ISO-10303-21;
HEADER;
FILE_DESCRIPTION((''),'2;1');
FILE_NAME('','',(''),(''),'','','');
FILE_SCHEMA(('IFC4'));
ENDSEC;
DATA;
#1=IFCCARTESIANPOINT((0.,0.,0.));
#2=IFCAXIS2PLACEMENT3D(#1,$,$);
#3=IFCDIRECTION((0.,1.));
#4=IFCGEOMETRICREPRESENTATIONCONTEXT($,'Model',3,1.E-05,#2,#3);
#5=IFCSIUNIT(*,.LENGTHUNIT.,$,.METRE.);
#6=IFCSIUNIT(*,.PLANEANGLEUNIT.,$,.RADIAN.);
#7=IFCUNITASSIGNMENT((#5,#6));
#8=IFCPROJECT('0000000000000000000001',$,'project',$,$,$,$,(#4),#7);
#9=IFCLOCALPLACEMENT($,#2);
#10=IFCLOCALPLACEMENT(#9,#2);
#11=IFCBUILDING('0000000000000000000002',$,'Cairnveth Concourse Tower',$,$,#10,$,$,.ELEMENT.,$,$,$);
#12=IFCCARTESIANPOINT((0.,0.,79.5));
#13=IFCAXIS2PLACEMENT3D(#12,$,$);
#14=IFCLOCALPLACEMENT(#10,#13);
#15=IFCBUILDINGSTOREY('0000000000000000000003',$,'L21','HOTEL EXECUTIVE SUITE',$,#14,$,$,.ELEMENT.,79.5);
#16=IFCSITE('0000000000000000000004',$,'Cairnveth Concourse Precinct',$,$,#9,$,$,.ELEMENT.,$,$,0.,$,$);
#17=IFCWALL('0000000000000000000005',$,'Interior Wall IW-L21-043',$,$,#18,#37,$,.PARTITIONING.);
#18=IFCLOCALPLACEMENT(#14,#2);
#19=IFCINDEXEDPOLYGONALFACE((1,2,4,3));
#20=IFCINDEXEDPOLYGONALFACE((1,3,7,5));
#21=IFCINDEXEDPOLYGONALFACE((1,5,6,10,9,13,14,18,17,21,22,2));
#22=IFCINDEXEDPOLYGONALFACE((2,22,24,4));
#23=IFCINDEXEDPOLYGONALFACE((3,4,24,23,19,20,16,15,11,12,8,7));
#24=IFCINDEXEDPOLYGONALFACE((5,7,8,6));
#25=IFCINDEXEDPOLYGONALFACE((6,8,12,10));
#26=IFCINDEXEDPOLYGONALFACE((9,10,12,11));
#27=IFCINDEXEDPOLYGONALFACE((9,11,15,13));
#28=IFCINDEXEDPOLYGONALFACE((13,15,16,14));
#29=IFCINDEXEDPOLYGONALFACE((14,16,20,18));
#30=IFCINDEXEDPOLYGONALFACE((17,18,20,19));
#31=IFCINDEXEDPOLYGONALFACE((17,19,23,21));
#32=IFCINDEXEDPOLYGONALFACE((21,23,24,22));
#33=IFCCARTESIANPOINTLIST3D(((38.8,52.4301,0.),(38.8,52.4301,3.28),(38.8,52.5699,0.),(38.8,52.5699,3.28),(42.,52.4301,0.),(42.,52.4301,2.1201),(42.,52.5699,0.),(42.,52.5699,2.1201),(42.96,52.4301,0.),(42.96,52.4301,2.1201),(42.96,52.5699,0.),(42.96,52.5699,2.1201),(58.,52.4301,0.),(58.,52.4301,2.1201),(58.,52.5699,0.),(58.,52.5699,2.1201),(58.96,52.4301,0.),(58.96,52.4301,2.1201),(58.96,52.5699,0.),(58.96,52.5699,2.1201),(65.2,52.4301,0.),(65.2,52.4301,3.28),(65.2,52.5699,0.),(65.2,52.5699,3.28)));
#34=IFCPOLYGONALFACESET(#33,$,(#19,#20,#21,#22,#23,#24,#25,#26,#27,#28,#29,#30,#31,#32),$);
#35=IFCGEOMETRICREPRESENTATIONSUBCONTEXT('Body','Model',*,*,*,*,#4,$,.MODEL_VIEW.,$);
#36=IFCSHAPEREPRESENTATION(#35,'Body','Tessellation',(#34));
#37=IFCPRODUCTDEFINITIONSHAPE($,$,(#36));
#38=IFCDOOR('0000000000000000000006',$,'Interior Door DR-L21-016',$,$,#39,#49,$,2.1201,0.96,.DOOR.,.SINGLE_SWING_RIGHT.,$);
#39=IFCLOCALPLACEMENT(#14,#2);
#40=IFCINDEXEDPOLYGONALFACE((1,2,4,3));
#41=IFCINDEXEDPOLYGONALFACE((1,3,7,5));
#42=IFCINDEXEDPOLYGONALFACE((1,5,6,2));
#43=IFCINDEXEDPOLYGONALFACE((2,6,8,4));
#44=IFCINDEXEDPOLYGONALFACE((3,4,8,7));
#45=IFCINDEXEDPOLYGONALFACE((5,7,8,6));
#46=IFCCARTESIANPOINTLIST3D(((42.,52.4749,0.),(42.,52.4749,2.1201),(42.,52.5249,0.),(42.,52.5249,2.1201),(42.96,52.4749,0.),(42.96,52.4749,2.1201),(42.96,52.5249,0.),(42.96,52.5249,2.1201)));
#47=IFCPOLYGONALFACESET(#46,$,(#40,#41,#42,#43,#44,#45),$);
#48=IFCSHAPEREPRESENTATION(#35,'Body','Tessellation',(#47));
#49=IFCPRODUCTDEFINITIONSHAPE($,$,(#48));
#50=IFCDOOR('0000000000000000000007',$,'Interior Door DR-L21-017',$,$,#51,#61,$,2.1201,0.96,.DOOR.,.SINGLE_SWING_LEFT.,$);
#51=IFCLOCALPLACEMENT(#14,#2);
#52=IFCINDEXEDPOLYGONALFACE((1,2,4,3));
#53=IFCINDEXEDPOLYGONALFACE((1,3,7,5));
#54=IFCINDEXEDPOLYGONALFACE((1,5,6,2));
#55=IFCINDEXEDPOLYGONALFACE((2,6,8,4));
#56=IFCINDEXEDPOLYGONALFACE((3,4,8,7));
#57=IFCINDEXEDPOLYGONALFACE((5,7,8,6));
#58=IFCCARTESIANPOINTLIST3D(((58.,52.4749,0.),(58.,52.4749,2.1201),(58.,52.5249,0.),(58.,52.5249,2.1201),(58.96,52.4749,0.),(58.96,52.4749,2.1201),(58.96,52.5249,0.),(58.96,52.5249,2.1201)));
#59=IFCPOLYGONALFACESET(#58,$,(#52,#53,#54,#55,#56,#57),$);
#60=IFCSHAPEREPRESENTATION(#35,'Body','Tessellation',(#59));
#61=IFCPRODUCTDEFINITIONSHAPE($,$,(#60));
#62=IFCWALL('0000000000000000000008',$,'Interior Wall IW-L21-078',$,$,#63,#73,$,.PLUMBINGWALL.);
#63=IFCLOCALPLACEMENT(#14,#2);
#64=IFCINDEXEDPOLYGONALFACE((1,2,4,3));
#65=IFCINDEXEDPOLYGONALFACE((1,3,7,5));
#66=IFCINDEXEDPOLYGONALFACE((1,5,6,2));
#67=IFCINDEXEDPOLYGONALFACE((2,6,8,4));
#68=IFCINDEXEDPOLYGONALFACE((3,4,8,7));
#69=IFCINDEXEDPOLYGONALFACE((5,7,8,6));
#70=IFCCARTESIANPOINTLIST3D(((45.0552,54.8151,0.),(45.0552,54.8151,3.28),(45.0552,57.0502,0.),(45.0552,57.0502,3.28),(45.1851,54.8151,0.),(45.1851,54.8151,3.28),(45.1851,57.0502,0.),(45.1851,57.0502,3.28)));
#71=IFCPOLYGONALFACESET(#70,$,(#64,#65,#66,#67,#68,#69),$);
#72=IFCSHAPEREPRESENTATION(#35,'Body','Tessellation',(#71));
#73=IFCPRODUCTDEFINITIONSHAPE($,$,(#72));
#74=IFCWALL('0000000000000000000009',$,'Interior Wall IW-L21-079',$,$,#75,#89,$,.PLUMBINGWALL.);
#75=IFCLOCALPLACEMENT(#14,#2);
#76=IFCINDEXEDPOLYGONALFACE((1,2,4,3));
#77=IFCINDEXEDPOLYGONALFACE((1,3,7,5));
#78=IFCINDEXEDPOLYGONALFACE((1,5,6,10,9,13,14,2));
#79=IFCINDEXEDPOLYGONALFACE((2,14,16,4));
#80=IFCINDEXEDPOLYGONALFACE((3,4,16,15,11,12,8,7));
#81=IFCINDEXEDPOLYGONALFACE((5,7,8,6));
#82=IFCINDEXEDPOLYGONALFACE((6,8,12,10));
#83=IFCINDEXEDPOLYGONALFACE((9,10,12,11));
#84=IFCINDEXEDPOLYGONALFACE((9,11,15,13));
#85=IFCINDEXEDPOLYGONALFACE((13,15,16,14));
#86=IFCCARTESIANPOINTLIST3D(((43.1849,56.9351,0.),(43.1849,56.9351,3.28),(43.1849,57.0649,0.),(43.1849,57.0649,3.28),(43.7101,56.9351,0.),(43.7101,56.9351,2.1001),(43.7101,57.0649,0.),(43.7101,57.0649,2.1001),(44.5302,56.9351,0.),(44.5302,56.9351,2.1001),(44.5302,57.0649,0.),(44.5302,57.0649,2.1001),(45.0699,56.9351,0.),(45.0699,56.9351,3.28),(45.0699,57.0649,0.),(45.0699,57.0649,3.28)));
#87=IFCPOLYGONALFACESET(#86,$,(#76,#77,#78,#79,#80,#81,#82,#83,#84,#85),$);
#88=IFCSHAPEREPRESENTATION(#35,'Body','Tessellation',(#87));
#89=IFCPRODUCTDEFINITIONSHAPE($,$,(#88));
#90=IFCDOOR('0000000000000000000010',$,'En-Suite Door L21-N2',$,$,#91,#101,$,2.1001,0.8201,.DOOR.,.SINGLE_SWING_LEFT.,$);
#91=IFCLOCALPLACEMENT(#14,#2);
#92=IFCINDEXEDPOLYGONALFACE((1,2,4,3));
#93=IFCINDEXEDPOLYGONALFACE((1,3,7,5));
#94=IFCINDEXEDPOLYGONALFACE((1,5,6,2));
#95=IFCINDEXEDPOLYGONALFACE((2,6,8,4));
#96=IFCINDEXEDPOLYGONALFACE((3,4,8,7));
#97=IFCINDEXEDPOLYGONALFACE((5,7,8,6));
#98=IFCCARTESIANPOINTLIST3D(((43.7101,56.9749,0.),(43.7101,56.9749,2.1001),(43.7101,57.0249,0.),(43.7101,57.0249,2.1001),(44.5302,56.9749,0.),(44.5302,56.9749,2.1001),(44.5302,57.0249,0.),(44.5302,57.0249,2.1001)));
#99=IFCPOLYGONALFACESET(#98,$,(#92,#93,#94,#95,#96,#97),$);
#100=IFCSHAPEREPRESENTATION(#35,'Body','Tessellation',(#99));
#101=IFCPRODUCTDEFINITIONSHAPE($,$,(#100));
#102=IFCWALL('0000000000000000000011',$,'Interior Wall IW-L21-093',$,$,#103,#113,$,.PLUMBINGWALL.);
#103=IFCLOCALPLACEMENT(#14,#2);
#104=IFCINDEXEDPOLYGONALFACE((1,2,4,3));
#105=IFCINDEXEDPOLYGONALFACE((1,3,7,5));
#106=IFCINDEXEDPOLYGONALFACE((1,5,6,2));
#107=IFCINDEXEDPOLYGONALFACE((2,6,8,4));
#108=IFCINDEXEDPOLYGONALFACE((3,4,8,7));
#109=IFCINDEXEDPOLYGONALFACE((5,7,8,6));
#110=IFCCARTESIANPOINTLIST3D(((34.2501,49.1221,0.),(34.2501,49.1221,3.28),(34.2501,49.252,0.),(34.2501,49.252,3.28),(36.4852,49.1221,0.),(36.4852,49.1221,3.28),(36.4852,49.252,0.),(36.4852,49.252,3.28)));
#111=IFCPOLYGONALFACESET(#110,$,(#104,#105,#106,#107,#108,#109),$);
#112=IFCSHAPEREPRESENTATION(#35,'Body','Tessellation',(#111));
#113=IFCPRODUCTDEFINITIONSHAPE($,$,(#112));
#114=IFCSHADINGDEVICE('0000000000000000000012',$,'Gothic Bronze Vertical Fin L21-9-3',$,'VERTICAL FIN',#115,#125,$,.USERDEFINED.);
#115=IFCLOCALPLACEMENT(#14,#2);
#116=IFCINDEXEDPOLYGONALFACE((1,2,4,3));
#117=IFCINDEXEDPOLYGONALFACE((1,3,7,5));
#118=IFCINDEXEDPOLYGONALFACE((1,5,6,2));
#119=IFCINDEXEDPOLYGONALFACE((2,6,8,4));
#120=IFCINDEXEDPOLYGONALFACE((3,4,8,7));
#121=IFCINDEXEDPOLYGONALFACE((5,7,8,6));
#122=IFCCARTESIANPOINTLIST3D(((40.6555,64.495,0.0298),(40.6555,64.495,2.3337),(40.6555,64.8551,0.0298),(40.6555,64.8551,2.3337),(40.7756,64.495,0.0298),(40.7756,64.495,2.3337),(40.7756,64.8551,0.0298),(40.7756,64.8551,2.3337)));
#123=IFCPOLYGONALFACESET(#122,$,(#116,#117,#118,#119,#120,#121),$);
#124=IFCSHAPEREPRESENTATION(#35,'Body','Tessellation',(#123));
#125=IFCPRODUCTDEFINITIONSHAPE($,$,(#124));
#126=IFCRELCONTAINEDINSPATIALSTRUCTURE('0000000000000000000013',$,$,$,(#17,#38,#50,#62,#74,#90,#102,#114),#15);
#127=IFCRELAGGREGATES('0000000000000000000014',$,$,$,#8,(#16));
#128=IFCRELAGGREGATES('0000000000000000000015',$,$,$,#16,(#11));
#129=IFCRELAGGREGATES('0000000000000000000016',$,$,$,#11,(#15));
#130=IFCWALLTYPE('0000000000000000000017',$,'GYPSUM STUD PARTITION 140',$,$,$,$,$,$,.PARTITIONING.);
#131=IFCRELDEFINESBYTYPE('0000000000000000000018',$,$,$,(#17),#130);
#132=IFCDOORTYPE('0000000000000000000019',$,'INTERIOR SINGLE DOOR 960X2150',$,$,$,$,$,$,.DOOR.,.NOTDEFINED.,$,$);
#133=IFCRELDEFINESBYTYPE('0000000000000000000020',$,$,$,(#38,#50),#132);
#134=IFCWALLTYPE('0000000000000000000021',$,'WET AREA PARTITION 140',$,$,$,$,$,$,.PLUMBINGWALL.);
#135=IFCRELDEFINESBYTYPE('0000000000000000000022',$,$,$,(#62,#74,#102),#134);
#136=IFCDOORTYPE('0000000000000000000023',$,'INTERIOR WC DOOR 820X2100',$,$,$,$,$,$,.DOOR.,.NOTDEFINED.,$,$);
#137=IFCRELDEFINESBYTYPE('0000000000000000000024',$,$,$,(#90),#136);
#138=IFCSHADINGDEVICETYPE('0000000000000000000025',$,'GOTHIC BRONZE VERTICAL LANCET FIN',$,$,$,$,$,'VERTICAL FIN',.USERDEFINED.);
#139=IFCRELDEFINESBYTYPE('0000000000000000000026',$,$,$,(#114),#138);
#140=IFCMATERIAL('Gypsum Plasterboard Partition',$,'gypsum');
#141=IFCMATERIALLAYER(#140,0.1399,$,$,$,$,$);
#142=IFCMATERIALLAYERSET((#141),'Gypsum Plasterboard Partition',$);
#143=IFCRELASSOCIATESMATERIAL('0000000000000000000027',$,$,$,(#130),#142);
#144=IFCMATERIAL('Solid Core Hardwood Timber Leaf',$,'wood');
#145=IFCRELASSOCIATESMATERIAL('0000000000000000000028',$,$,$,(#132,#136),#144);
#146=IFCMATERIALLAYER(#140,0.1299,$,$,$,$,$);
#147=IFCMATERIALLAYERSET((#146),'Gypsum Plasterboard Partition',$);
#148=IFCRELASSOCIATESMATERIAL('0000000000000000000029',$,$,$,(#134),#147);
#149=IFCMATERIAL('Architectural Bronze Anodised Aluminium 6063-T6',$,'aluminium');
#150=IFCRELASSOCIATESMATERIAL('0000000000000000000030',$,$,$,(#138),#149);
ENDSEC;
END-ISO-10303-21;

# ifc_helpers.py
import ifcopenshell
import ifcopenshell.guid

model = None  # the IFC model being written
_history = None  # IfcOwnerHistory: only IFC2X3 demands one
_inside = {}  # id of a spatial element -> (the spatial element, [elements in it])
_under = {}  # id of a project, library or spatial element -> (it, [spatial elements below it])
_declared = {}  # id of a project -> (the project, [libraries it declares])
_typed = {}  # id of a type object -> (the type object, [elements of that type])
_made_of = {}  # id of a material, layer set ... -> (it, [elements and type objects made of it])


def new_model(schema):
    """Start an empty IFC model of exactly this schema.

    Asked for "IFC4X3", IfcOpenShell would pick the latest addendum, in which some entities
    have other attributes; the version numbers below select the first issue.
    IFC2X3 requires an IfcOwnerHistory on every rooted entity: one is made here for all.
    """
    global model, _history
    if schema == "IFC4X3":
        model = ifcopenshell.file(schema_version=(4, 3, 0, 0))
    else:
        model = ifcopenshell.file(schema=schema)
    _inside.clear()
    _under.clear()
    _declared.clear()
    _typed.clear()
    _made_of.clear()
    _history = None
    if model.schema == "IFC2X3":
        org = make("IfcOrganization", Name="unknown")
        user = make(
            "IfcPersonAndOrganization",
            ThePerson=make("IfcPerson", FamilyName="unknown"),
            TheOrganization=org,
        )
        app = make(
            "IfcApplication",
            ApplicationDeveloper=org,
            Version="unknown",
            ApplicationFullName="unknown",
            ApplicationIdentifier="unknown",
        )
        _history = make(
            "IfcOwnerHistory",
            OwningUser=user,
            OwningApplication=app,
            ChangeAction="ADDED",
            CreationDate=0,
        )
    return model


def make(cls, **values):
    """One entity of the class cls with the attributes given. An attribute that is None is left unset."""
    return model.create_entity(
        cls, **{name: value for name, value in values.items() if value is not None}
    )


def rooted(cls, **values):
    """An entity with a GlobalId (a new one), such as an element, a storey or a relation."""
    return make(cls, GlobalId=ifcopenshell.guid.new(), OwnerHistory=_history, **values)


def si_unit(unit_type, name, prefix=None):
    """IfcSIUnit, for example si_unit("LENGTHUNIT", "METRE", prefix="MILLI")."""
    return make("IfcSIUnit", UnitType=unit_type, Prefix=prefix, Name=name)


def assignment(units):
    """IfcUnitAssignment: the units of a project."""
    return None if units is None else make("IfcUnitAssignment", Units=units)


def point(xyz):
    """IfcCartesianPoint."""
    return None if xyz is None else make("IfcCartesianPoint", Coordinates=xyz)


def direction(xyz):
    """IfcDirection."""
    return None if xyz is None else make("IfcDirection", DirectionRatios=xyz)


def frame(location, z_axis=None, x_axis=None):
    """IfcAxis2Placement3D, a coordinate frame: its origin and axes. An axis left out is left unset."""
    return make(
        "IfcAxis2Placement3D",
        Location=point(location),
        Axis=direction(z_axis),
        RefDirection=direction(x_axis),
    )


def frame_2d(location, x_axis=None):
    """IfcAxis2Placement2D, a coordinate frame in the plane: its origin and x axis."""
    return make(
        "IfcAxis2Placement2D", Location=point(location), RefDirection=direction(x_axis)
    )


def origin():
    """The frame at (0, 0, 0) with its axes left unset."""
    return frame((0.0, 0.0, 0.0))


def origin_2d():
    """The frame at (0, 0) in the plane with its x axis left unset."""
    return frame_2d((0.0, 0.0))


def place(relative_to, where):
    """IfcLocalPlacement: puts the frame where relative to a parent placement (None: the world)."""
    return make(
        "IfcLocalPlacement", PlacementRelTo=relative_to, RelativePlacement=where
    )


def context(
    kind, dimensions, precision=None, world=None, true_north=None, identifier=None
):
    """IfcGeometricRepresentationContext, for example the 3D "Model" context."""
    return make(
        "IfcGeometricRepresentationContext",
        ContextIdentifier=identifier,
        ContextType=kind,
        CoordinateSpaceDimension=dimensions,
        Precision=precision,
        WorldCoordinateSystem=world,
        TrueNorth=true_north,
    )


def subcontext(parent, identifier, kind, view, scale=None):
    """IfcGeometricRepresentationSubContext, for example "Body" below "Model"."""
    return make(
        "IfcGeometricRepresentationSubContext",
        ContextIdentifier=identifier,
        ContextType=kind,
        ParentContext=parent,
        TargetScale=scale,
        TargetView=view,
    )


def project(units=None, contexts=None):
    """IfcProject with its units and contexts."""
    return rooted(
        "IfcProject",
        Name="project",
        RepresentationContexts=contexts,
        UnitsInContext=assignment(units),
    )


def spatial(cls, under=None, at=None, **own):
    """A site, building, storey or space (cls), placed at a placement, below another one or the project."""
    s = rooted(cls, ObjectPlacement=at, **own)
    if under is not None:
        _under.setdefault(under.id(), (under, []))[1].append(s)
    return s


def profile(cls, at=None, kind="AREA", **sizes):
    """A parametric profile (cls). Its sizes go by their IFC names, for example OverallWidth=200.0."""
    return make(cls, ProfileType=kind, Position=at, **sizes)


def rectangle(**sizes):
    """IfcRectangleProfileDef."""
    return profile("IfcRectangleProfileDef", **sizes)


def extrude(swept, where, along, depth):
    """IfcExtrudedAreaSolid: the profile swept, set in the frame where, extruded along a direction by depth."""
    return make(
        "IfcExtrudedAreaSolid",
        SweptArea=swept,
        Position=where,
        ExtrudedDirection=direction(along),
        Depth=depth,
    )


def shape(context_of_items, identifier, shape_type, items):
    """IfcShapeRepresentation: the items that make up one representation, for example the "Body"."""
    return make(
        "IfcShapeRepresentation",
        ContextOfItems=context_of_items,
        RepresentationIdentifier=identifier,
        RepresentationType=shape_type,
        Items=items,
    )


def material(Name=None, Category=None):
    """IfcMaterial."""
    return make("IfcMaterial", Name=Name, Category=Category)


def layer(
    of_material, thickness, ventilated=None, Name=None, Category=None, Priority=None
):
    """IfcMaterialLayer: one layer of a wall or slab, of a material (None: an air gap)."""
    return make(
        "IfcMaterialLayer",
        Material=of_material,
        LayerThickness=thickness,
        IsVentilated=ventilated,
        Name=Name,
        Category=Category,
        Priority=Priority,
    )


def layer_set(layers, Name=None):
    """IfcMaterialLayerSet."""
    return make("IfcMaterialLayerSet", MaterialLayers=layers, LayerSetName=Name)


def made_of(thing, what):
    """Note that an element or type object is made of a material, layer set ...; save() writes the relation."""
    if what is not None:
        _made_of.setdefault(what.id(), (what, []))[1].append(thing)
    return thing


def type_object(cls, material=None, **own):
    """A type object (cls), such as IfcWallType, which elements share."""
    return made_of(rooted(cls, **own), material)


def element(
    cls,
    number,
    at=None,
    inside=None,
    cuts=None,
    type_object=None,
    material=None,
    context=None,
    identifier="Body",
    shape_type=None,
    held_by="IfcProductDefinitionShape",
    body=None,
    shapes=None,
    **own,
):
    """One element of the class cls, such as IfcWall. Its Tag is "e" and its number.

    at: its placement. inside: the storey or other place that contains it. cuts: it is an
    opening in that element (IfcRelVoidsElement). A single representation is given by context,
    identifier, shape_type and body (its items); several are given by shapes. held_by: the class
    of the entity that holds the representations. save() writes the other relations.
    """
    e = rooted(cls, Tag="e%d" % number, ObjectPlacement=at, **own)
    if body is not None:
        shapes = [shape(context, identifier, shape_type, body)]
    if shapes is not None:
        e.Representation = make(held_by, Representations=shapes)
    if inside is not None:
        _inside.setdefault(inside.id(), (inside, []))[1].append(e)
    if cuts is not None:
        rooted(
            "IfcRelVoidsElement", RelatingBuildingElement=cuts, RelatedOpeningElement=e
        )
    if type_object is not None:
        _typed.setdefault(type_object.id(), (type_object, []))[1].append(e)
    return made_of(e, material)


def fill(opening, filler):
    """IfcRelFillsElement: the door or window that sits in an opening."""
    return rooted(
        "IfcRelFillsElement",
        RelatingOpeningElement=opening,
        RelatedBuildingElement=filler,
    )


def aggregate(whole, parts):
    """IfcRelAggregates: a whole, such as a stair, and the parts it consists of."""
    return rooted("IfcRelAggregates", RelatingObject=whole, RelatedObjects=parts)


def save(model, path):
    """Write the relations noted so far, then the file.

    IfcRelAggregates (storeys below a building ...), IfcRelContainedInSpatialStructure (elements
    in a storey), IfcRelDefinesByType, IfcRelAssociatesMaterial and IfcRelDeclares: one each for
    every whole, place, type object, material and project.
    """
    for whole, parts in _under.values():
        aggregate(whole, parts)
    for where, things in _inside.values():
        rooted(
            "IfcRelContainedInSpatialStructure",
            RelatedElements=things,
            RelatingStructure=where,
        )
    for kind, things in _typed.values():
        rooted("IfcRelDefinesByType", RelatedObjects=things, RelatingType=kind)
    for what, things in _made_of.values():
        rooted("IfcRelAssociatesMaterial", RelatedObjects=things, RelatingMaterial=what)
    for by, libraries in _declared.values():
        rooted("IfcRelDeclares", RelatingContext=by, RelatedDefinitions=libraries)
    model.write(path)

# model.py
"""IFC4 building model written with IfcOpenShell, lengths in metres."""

from ifc_helpers import new_model, si_unit, direction, frame, frame_2d, origin, origin_2d, place, context, subcontext, project, spatial, rectangle, extrude, material, layer, layer_set, type_object, element, fill, save


model = new_model("IFC4")

# Units and contexts
model_context = context("Model", 3, precision=1e-05, world=origin(), true_north=direction((0.0, 1.0)))
body_context = subcontext(model_context, "Body", "Model", "MODEL_VIEW")
ifc_project = project(units=[si_unit("LENGTHUNIT", "METRE"), si_unit("PLANEANGLEUNIT", "RADIAN")], contexts=[model_context])

# Site, building, storey
site_placement = place(None, origin())
site = spatial("IfcSite", under=ifc_project, at=site_placement, Name="Cairnveth Concourse Precinct", CompositionType="ELEMENT", RefElevation=0.0)
building_placement = place(site_placement, origin())
building = spatial("IfcBuilding", under=site, at=building_placement, Name="Cairnveth Concourse Tower", CompositionType="ELEMENT")
storey_placement = place(building_placement, frame((0.0, 0.0, 79.5)))
storey = spatial("IfcBuildingStorey", under=building, at=storey_placement, Name="L21", Description="HOTEL EXECUTIVE SUITE", CompositionType="ELEMENT", Elevation=79.5)

# Shared definitions
ifc_material_1 = material(Name="Gypsum Plasterboard Partition", Category="gypsum")
ifc_material_2 = material(Name="Solid Core Hardwood Timber Leaf", Category="wood")

# Wall, openings, doors
ifc_layer_1 = layer(ifc_material_1, 0.1399)
ifc_layer_set_1 = layer_set([ifc_layer_1], Name="Gypsum Plasterboard Partition")
wall_type_1 = type_object("IfcWallType", Name="GYPSUM STUD PARTITION 140", PredefinedType="PARTITIONING", material=ifc_layer_set_1)
wall_1_placement = place(storey_placement, frame((38.8, 52.5, 0.0), z_axis=(0.0, 0.0, 1.0), x_axis=(1.0, 0.0, 0.0)))
wall_1 = element("IfcWall", 1, at=wall_1_placement, inside=storey, type_object=wall_type_1, Name="Interior Wall IW-L21-043", PredefinedType="PARTITIONING", context=body_context, shape_type="SweptSolid", body=[
    extrude(rectangle(XDim=26.3999, YDim=0.1399, at=frame_2d((13.2, 0.0))), origin(), (0.0, 0.0, 1.0), 3.28),
])
opening_1_placement = place(wall_1_placement, frame((3.2, 0.0, 0.0)))
opening_1 = element("IfcOpeningElement", 2, at=opening_1_placement, cuts=wall_1, PredefinedType="OPENING", context=body_context, shape_type="SweptSolid", body=[
    extrude(rectangle(XDim=0.96, YDim=2.1201, at=frame_2d((0.48, 1.0601))), frame((0.0, 0.0798, 0.0), z_axis=(0.0, -1.0, 0.0), x_axis=(1.0, 0.0, 0.0)), (0.0, 0.0, 1.0), 0.1599),
])
opening_2_placement = place(wall_1_placement, frame((19.2, 0.0, 0.0)))
opening_2 = element("IfcOpeningElement", 3, at=opening_2_placement, cuts=wall_1, PredefinedType="OPENING", context=body_context, shape_type="SweptSolid", body=[
    extrude(rectangle(XDim=0.96, YDim=2.1201, at=frame_2d((0.48, 1.0601))), frame((0.0, 0.0798, 0.0), z_axis=(0.0, -1.0, 0.0), x_axis=(1.0, 0.0, 0.0)), (0.0, 0.0, 1.0), 0.1599),
])
door_type_1 = type_object("IfcDoorType", Name="INTERIOR SINGLE DOOR 960X2150", OperationType="NOTDEFINED", PredefinedType="DOOR", material=ifc_material_2)
door_1_placement = place(opening_1_placement, origin())
door_1 = element("IfcDoor", 4, at=door_1_placement, inside=storey, type_object=door_type_1, Name="Interior Door DR-L21-016", OperationType="SINGLE_SWING_RIGHT", OverallHeight=2.1201, OverallWidth=0.96, PredefinedType="DOOR", context=body_context, shape_type="SweptSolid", body=[
    extrude(rectangle(XDim=0.96, YDim=2.1201, at=frame_2d((0.48, 1.0601))), frame((0.0, 0.0249, 0.0), z_axis=(0.0, -1.0, 0.0), x_axis=(1.0, 0.0, 0.0)), (0.0, 0.0, 1.0), 0.05),
])
fill(opening_1, door_1)
door_2_placement = place(opening_2_placement, origin())
door_2 = element("IfcDoor", 5, at=door_2_placement, inside=storey, type_object=door_type_1, Name="Interior Door DR-L21-017", OperationType="SINGLE_SWING_LEFT", OverallHeight=2.1201, OverallWidth=0.96, PredefinedType="DOOR", context=body_context, shape_type="SweptSolid", body=[
    extrude(rectangle(XDim=0.96, YDim=2.1201, at=frame_2d((0.48, 1.0601))), frame((0.0, 0.0249, 0.0), z_axis=(0.0, -1.0, 0.0), x_axis=(1.0, 0.0, 0.0)), (0.0, 0.0, 1.0), 0.05),
])
fill(opening_2, door_2)

# Wall
ifc_layer_2 = layer(ifc_material_1, 0.1299)
ifc_layer_set_2 = layer_set([ifc_layer_2], Name="Gypsum Plasterboard Partition")
wall_type_2 = type_object("IfcWallType", Name="WET AREA PARTITION 140", PredefinedType="PLUMBINGWALL", material=ifc_layer_set_2)
wall_2_placement = place(storey_placement, frame((45.1201, 54.8149, 0.0), z_axis=(0.0, 0.0, 1.0), x_axis=(0.0, 1.0, 0.0)))
element("IfcWall", 6, at=wall_2_placement, inside=storey, type_object=wall_type_2, Name="Interior Wall IW-L21-078", PredefinedType="PLUMBINGWALL", context=body_context, shape_type="SweptSolid", body=[
    extrude(rectangle(XDim=2.2351, YDim=0.1299, at=frame_2d((1.1177, 0.0))), origin(), (0.0, 0.0, 1.0), 3.28),
])

# Wall, opening, door
wall_3_placement = place(storey_placement, frame((43.1851, 57.0, 0.0), z_axis=(0.0, 0.0, 1.0), x_axis=(1.0, 0.0, 0.0)))
wall_3 = element("IfcWall", 7, at=wall_3_placement, inside=storey, type_object=wall_type_2, Name="Interior Wall IW-L21-079", PredefinedType="PLUMBINGWALL", context=body_context, shape_type="SweptSolid", body=[
    extrude(rectangle(XDim=1.885, YDim=0.1299, at=frame_2d((0.9424, 0.0))), origin(), (0.0, 0.0, 1.0), 3.28),
])
opening_3_placement = place(wall_3_placement, frame((0.5249, 0.0, 0.0)))
opening_3 = element("IfcOpeningElement", 8, at=opening_3_placement, cuts=wall_3, PredefinedType="OPENING", context=body_context, shape_type="SweptSolid", body=[
    extrude(rectangle(XDim=0.8201, YDim=2.1001, at=frame_2d((0.4102, 1.05))), frame((0.0, 0.075, 0.0), z_axis=(0.0, -1.0, 0.0), x_axis=(1.0, 0.0, 0.0)), (0.0, 0.0, 1.0), 0.1499),
])
door_type_2 = type_object("IfcDoorType", Name="INTERIOR WC DOOR 820X2100", OperationType="NOTDEFINED", PredefinedType="DOOR", material=ifc_material_2)
door_3_placement = place(opening_3_placement, origin())
door_3 = element("IfcDoor", 9, at=door_3_placement, inside=storey, type_object=door_type_2, Name="En-Suite Door L21-N2", OperationType="SINGLE_SWING_LEFT", OverallHeight=2.1001, OverallWidth=0.8201, PredefinedType="DOOR", context=body_context, shape_type="SweptSolid", body=[
    extrude(rectangle(XDim=0.8201, YDim=2.1001, at=frame_2d((0.4102, 1.05))), frame((0.0, 0.0249, 0.0), z_axis=(0.0, -1.0, 0.0), x_axis=(1.0, 0.0, 0.0)), (0.0, 0.0, 1.0), 0.05),
])
fill(opening_3, door_3)

# Wall
wall_4_placement = place(storey_placement, frame((34.25, 49.187, 0.0), z_axis=(0.0, 0.0, 1.0), x_axis=(1.0, 0.0, 0.0)))
element("IfcWall", 10, at=wall_4_placement, inside=storey, type_object=wall_type_2, Name="Interior Wall IW-L21-093", PredefinedType="PLUMBINGWALL", context=body_context, shape_type="SweptSolid", body=[
    extrude(rectangle(XDim=2.2351, YDim=0.1299, at=frame_2d((1.1177, 0.0))), origin(), (0.0, 0.0, 1.0), 3.28),
])

# Shading device
ifc_material_3 = material(Name="Architectural Bronze Anodised Aluminium 6063-T6", Category="aluminium")
shading_device_type = type_object("IfcShadingDeviceType", Name="GOTHIC BRONZE VERTICAL LANCET FIN", ElementType="VERTICAL FIN", PredefinedType="USERDEFINED", material=ifc_material_3)
shading_device_placement = place(storey_placement, frame((40.7156, 64.675, 0.0298), z_axis=(0.0, 0.0, 1.0), x_axis=(1.0, 0.0, 0.0)))
element("IfcShadingDevice", 11, at=shading_device_placement, inside=storey, type_object=shading_device_type, Name="Gothic Bronze Vertical Fin L21-9-3", ObjectType="VERTICAL FIN", PredefinedType="USERDEFINED", context=body_context, shape_type="SweptSolid", body=[
    extrude(rectangle(XDim=0.1201, YDim=0.3601, at=origin_2d()), origin(), (0.0, 0.0, 1.0), 2.304),
])

save(model, "model.ifc")
